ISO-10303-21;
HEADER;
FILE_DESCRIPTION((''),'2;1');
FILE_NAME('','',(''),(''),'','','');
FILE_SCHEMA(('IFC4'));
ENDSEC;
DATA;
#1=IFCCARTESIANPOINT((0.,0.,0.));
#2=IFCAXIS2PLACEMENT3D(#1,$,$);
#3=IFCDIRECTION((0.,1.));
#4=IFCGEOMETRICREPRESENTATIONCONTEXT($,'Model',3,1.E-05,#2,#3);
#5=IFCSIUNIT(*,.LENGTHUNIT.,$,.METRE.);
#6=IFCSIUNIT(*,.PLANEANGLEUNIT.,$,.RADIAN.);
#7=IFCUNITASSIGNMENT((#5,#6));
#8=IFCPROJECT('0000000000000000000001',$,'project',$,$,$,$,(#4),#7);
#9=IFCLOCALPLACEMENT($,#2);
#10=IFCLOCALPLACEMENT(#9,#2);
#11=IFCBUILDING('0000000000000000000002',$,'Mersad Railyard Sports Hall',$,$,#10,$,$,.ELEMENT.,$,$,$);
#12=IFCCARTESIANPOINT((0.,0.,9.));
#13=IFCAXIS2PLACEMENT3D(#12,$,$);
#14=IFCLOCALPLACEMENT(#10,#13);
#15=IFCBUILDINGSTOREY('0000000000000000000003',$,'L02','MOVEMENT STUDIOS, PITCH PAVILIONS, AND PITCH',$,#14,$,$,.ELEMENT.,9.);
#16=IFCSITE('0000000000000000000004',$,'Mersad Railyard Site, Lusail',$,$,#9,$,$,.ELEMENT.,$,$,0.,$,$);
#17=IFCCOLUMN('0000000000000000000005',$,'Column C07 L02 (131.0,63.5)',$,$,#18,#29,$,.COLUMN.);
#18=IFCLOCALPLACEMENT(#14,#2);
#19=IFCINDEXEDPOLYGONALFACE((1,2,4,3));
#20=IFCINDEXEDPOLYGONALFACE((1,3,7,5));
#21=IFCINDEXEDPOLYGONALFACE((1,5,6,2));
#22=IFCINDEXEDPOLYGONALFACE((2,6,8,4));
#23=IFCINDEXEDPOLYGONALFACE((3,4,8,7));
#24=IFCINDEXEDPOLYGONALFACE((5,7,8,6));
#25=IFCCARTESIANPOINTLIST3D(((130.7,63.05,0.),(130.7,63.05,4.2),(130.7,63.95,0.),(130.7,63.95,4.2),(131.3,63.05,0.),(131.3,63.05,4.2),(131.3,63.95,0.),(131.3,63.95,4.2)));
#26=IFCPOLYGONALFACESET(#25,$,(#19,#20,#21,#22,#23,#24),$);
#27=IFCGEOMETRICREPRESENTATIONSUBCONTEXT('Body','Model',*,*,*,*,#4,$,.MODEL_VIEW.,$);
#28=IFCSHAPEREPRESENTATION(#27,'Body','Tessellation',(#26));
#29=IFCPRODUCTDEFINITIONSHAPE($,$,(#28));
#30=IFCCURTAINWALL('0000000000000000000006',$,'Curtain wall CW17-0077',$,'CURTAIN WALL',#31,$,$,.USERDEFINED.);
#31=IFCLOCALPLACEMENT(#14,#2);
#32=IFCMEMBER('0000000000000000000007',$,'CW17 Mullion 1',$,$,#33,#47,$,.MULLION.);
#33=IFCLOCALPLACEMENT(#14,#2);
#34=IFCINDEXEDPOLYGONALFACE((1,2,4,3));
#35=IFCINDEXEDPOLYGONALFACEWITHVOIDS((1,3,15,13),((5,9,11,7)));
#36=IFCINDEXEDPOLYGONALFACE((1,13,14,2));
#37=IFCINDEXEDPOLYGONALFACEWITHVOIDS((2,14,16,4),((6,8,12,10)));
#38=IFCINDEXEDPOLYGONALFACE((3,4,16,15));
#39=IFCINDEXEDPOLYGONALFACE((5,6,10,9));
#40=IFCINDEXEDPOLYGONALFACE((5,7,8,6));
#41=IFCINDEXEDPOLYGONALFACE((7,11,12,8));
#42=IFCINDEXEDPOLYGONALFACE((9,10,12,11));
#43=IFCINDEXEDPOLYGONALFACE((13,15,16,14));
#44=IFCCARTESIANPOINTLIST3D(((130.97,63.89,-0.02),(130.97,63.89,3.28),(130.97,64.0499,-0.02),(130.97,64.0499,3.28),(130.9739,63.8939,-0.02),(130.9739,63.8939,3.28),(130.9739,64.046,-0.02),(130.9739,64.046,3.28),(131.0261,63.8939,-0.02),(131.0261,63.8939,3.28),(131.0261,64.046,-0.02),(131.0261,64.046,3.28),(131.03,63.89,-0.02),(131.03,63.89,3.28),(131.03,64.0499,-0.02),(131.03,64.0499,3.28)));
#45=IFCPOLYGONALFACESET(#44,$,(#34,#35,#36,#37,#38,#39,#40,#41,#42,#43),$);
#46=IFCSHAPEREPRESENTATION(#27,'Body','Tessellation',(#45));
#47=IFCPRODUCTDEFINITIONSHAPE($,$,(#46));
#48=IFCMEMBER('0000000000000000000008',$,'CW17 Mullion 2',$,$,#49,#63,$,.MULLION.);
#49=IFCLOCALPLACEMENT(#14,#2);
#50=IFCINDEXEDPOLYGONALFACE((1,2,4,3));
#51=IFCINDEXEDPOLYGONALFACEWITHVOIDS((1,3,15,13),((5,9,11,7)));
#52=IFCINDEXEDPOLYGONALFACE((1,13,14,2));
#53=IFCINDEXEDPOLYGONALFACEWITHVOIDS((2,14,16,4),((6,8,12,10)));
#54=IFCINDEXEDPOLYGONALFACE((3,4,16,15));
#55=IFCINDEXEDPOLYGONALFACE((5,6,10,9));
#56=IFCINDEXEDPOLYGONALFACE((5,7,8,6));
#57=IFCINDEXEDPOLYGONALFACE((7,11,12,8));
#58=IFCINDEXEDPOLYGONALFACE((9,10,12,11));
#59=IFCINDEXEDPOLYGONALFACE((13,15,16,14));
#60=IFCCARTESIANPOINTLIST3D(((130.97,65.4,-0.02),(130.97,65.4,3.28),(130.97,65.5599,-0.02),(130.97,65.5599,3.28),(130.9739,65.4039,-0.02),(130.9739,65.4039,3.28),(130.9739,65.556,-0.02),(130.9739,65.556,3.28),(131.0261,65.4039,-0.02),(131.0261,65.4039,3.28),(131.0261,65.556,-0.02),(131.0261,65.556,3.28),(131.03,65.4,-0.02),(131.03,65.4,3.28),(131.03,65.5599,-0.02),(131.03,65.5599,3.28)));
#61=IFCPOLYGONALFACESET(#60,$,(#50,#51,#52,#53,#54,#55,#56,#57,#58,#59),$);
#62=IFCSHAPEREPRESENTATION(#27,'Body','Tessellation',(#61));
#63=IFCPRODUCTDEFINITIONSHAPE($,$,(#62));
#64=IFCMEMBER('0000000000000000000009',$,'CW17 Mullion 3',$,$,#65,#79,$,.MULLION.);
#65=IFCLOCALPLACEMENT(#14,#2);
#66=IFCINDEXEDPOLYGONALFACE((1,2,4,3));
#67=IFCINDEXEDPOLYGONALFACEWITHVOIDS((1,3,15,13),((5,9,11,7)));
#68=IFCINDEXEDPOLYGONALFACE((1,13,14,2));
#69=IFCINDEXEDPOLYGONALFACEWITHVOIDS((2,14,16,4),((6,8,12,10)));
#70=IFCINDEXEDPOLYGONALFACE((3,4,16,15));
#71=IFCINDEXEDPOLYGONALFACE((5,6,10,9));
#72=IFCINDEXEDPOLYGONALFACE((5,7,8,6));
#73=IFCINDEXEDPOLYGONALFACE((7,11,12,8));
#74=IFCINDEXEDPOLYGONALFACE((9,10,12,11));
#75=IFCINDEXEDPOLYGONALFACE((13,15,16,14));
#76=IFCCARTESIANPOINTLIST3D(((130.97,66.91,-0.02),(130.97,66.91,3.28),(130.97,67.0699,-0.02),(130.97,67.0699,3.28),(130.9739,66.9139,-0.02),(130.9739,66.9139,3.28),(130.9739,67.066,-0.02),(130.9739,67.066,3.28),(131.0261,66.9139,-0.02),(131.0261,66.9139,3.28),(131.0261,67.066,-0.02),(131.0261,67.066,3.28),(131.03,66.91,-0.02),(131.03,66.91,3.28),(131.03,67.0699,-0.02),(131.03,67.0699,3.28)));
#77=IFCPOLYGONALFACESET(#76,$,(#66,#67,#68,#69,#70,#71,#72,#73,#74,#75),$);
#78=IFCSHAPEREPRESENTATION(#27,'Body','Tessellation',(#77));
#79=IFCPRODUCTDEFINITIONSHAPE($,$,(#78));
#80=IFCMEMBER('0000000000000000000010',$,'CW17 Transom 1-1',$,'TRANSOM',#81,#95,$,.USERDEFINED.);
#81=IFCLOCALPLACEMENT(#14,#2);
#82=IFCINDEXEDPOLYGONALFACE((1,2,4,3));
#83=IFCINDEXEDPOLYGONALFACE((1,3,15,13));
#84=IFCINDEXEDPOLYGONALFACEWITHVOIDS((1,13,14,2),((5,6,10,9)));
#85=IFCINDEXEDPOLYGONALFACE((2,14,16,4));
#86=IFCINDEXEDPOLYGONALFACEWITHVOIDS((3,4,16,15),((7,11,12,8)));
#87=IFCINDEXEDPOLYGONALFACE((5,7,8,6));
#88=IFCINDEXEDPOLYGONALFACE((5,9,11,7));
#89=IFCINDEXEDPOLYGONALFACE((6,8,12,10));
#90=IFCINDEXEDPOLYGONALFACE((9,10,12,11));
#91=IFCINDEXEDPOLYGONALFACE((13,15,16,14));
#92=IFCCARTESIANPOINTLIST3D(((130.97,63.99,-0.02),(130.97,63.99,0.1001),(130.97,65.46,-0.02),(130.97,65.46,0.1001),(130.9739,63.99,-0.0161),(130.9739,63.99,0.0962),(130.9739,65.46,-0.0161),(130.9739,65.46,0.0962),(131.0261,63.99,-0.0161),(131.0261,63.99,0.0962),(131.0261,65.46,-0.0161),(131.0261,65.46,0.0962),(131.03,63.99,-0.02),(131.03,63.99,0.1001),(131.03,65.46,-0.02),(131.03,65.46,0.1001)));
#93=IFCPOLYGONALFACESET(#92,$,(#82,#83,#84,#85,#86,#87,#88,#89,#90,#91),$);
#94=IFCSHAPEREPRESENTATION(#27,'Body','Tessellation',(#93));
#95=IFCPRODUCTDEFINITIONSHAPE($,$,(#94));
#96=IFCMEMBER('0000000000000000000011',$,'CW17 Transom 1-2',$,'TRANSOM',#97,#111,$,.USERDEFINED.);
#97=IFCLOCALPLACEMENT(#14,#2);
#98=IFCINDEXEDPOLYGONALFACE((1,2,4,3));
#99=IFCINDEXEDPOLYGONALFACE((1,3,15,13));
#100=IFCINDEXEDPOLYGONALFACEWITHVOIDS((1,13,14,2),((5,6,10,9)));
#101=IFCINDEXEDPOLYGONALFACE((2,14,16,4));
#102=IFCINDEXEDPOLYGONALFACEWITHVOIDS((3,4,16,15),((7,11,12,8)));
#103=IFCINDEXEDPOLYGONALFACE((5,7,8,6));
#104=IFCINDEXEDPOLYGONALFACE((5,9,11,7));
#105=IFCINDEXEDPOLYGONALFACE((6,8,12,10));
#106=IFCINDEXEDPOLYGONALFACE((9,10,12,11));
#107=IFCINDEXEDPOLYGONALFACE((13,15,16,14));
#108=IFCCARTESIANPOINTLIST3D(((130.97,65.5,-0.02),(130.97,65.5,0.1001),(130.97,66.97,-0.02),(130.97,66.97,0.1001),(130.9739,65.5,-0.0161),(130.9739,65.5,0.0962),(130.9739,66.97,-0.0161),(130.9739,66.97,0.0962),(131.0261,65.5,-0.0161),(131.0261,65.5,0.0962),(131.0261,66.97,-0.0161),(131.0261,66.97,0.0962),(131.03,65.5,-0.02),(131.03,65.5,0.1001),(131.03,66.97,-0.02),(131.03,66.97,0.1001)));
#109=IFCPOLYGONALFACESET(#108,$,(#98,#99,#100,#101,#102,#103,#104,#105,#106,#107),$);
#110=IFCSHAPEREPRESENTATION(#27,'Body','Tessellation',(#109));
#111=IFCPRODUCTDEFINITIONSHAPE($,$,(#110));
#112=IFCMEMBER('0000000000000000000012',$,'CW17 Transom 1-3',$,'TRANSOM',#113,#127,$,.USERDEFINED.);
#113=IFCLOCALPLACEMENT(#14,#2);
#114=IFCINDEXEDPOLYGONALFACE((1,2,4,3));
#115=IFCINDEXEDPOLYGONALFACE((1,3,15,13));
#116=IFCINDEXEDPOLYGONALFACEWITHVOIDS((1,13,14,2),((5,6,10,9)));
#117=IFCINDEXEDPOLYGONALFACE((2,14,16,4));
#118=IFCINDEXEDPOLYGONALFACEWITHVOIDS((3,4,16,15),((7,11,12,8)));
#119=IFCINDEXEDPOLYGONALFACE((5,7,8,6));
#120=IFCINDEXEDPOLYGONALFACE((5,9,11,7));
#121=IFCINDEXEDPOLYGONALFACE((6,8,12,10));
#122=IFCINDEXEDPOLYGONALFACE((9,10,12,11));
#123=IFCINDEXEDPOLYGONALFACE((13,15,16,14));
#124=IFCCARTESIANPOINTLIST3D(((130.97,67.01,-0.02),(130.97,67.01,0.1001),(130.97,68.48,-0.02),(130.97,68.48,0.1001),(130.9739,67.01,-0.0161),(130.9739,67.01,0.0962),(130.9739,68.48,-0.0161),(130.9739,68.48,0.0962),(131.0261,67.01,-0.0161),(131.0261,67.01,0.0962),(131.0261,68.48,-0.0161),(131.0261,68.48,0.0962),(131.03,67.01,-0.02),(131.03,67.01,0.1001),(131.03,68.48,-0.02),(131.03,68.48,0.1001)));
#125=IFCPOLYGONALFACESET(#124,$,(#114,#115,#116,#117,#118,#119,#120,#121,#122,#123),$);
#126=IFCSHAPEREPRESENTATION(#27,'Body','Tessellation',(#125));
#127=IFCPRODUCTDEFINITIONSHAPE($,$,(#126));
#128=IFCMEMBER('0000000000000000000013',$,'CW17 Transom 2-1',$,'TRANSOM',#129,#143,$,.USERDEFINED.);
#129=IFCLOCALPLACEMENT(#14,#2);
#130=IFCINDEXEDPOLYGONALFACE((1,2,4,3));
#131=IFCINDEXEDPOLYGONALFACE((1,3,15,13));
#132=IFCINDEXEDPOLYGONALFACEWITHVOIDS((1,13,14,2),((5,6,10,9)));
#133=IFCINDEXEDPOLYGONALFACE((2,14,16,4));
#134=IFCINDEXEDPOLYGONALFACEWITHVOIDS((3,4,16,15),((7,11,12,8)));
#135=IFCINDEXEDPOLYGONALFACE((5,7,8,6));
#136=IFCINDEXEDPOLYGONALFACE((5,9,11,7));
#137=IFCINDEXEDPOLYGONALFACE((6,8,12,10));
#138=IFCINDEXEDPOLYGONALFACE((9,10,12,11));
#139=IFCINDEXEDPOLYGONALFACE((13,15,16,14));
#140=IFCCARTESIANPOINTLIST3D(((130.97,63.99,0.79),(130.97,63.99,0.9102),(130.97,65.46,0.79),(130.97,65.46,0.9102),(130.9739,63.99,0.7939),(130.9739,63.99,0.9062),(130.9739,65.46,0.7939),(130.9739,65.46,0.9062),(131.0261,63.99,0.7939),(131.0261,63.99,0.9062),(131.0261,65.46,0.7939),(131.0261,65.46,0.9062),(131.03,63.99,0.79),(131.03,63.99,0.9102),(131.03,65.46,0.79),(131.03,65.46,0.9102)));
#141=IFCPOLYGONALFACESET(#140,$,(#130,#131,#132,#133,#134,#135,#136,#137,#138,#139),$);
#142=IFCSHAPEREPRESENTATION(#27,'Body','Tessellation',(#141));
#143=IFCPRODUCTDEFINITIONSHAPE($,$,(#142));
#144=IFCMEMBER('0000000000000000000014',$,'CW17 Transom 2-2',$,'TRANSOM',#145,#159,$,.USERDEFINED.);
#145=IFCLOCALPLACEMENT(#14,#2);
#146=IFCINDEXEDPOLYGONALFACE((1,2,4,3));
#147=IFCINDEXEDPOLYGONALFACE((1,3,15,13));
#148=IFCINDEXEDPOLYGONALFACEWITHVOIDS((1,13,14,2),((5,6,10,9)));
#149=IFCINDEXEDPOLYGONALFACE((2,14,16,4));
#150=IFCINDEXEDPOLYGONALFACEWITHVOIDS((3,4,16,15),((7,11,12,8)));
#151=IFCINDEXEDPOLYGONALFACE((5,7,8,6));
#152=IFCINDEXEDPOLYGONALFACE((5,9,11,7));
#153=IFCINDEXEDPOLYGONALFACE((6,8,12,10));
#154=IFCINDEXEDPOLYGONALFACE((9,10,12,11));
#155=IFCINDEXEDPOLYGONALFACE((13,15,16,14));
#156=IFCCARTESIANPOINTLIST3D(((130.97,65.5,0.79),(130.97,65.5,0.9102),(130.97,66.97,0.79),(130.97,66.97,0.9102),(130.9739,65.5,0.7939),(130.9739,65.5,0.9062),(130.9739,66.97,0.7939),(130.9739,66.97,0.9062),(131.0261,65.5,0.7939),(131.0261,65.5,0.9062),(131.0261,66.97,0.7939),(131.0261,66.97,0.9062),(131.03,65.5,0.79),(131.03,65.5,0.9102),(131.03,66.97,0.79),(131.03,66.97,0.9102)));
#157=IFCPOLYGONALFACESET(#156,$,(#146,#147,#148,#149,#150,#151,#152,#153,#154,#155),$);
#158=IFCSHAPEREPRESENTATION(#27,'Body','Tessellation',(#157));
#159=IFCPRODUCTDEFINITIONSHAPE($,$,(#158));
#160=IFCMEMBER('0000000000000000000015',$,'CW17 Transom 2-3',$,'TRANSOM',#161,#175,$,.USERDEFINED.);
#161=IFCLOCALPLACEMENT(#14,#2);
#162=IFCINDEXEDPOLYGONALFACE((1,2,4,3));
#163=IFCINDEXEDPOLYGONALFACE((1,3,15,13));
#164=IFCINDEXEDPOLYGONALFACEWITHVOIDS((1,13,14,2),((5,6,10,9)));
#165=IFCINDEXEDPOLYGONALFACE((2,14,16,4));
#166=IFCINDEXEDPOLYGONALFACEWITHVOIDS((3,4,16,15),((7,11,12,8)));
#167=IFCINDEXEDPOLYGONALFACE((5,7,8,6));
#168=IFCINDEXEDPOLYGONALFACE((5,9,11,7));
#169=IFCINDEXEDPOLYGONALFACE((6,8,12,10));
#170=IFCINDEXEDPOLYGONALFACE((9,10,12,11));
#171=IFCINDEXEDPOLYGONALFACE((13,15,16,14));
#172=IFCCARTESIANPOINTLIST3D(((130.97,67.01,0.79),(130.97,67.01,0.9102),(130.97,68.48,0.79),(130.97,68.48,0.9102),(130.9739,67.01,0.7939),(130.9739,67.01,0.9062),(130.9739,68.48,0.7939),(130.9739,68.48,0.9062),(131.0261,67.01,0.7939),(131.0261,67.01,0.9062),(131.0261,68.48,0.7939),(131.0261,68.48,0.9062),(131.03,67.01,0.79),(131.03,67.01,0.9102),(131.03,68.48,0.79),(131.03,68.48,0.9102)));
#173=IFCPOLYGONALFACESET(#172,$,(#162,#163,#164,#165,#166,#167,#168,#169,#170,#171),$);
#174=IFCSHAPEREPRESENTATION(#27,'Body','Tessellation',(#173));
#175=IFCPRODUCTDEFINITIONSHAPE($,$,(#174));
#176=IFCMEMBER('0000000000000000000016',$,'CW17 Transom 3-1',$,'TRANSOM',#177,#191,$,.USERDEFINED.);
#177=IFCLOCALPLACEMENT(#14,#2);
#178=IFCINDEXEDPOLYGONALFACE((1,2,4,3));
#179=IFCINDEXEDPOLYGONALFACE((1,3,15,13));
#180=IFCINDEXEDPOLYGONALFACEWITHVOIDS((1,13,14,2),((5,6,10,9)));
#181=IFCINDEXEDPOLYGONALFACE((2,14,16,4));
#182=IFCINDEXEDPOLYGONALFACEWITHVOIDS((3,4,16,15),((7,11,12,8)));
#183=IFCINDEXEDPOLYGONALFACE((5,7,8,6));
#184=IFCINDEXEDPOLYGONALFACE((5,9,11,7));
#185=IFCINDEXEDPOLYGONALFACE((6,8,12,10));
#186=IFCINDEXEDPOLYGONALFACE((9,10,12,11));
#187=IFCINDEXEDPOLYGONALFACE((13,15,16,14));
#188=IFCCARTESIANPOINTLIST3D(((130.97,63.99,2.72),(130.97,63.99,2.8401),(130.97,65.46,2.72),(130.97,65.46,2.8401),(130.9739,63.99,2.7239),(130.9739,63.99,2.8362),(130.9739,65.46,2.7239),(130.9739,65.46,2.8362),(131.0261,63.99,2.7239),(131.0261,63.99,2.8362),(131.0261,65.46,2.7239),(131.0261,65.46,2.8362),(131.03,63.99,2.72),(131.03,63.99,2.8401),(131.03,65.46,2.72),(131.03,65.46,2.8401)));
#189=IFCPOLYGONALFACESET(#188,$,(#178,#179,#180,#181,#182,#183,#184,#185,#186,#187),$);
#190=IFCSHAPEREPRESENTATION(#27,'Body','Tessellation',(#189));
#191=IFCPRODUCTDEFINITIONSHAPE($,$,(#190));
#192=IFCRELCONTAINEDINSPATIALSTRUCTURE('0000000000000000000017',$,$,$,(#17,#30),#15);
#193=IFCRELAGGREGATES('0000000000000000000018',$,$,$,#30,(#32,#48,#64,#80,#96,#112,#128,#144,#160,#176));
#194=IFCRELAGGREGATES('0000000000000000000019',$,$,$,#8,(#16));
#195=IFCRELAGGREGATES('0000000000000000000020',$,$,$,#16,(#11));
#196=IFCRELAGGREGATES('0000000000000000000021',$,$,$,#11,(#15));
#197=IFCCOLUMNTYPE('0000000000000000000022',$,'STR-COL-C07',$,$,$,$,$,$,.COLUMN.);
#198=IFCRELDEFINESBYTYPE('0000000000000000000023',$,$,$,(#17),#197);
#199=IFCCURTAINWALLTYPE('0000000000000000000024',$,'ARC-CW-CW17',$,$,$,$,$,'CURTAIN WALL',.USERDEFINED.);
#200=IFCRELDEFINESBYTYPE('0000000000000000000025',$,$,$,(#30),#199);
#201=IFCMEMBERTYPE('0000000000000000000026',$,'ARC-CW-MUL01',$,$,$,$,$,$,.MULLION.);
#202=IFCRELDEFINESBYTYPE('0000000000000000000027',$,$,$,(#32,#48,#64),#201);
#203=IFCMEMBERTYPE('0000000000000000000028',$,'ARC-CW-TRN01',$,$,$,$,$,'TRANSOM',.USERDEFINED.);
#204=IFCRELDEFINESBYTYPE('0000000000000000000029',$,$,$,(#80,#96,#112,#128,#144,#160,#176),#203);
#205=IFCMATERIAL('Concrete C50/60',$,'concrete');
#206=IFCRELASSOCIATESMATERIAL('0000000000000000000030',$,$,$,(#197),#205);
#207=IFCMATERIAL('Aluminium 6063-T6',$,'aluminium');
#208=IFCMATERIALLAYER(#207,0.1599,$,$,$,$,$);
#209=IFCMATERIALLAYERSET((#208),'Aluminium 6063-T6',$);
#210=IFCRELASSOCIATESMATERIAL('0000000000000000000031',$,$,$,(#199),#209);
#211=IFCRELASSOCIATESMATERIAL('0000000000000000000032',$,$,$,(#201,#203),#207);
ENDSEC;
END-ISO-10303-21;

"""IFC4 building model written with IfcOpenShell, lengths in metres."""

from ifc_helpers import new_model, si_unit, direction, frame, origin, origin_2d, place, context, subcontext, project, spatial, rectangle, hollow_rectangle, extrude, material, layer, layer_set, material_profile, profile_set, type_object, element, aggregate, save


model = new_model("IFC4")

# Units and contexts
model_context = context("Model", 3, precision=1e-05, world=origin(), true_north=direction((0.0, 1.0)))
body_context = subcontext(model_context, "Body", "Model", "MODEL_VIEW")
ifc_project = project(units=[si_unit("LENGTHUNIT", "METRE"), si_unit("PLANEANGLEUNIT", "RADIAN")], contexts=[model_context])

# Site, building, storey
site_placement = place(None, origin())
site = spatial("IfcSite", under=ifc_project, at=site_placement, Name="Mersad Railyard Site, Lusail", CompositionType="ELEMENT", RefElevation=0.0)
building_placement = place(site_placement, origin())
building = spatial("IfcBuilding", under=site, at=building_placement, Name="Mersad Railyard Sports Hall", CompositionType="ELEMENT")
storey_placement = place(building_placement, frame((0.0, 0.0, 9.0)))
storey = spatial("IfcBuildingStorey", under=building, at=storey_placement, Name="L02", Description="MOVEMENT STUDIOS, PITCH PAVILIONS, AND PITCH", CompositionType="ELEMENT", Elevation=9.0)

# Column
ifc_material_1 = material(Name="Concrete C50/60", Category="concrete")
ifc_material_profile_1 = material_profile(ifc_material_1, rectangle(XDim=0.6001, YDim=0.8999, at=origin_2d()), Name="RC 600x900")
ifc_profile_set_1 = profile_set([ifc_material_profile_1], Name="Concrete C50/60")
column_type = type_object("IfcColumnType", Name="STR-COL-C07", PredefinedType="COLUMN", material=ifc_profile_set_1)
column_placement = place(storey_placement, frame((131.0, 63.5, 0.0), z_axis=(0.0, 0.0, 1.0), x_axis=(1.0, 0.0, 0.0)))
element("IfcColumn", 1, at=column_placement, inside=storey, type_object=column_type, Name="Column C07 L02 (131.0,63.5)", PredefinedType="COLUMN", context=body_context, shape_type="SweptSolid", body=[
    extrude(rectangle(XDim=0.6001, YDim=0.8999, at=origin_2d()), origin(), (0.0, 0.0, 1.0), 4.2),
])

# Curtain wall, members
ifc_material_2 = material(Name="Aluminium 6063-T6", Category="aluminium")
ifc_layer_1 = layer(ifc_material_2, 0.1599)
ifc_layer_set_1 = layer_set([ifc_layer_1], Name="Aluminium 6063-T6")
curtain_wall_type = type_object("IfcCurtainWallType", Name="ARC-CW-CW17", ElementType="CURTAIN WALL", PredefinedType="USERDEFINED", material=ifc_layer_set_1)
curtain_wall_placement = place(storey_placement, origin())
curtain_wall = element("IfcCurtainWall", 2, at=curtain_wall_placement, inside=storey, type_object=curtain_wall_type, Name="Curtain wall CW17-0077", ObjectType="CURTAIN WALL", PredefinedType="USERDEFINED")
ifc_material_profile_2 = material_profile(ifc_material_2, hollow_rectangle(XDim=0.0601, YDim=0.1599, WallThickness=0.0039, at=origin_2d()), Name="AL MULLION 60x160x4")
ifc_profile_set_2 = profile_set([ifc_material_profile_2], Name="Aluminium 6063-T6")
member_type_1 = type_object("IfcMemberType", Name="ARC-CW-MUL01", PredefinedType="MULLION", material=ifc_profile_set_2)
member_1_placement = place(storey_placement, frame((131.0, 63.97, -0.02), z_axis=(0.0, 0.0, 1.0), x_axis=(1.0, 0.0, 0.0)))
member_1 = element("IfcMember", 3, at=member_1_placement, type_object=member_type_1, Name="CW17 Mullion 1", PredefinedType="MULLION", context=body_context, shape_type="SweptSolid", body=[
    extrude(hollow_rectangle(XDim=0.0601, YDim=0.1599, WallThickness=0.0039, at=origin_2d()), origin(), (0.0, 0.0, 1.0), 3.3),
])
member_2_placement = place(storey_placement, frame((131.0, 65.48, -0.02), z_axis=(0.0, 0.0, 1.0), x_axis=(1.0, 0.0, 0.0)))
member_2 = element("IfcMember", 4, at=member_2_placement, type_object=member_type_1, Name="CW17 Mullion 2", PredefinedType="MULLION", context=body_context, shape_type="SweptSolid", body=[
    extrude(hollow_rectangle(XDim=0.0601, YDim=0.1599, WallThickness=0.0039, at=origin_2d()), origin(), (0.0, 0.0, 1.0), 3.3),
])
member_3_placement = place(storey_placement, frame((131.0, 66.99, -0.02), z_axis=(0.0, 0.0, 1.0), x_axis=(1.0, 0.0, 0.0)))
member_3 = element("IfcMember", 5, at=member_3_placement, type_object=member_type_1, Name="CW17 Mullion 3", PredefinedType="MULLION", context=body_context, shape_type="SweptSolid", body=[
    extrude(hollow_rectangle(XDim=0.0601, YDim=0.1599, WallThickness=0.0039, at=origin_2d()), origin(), (0.0, 0.0, 1.0), 3.3),
])
ifc_material_profile_3 = material_profile(ifc_material_2, hollow_rectangle(XDim=0.0601, YDim=0.1201, WallThickness=0.0039, at=origin_2d()), Name="AL TRANSOM 60x120x4")
ifc_profile_set_3 = profile_set([ifc_material_profile_3], Name="Aluminium 6063-T6")
member_type_2 = type_object("IfcMemberType", Name="ARC-CW-TRN01", ElementType="TRANSOM", PredefinedType="USERDEFINED", material=ifc_profile_set_3)
member_4_placement = place(storey_placement, frame((131.0, 63.99, 0.04), z_axis=(0.0, 1.0, 0.0), x_axis=(-1.0, 0.0, 0.0)))
member_4 = element("IfcMember", 6, at=member_4_placement, type_object=member_type_2, Name="CW17 Transom 1-1", ObjectType="TRANSOM", PredefinedType="USERDEFINED", context=body_context, shape_type="SweptSolid", body=[
    extrude(hollow_rectangle(XDim=0.0601, YDim=0.1201, WallThickness=0.0039, at=origin_2d()), origin(), (0.0, 0.0, 1.0), 1.47),
])
member_5_placement = place(storey_placement, frame((131.0, 65.5, 0.04), z_axis=(0.0, 1.0, 0.0), x_axis=(-1.0, 0.0, 0.0)))
member_5 = element("IfcMember", 7, at=member_5_placement, type_object=member_type_2, Name="CW17 Transom 1-2", ObjectType="TRANSOM", PredefinedType="USERDEFINED", context=body_context, shape_type="SweptSolid", body=[
    extrude(hollow_rectangle(XDim=0.0601, YDim=0.1201, WallThickness=0.0039, at=origin_2d()), origin(), (0.0, 0.0, 1.0), 1.47),
])
member_6_placement = place(storey_placement, frame((131.0, 67.01, 0.04), z_axis=(0.0, 1.0, 0.0), x_axis=(-1.0, 0.0, 0.0)))
member_6 = element("IfcMember", 8, at=member_6_placement, type_object=member_type_2, Name="CW17 Transom 1-3", ObjectType="TRANSOM", PredefinedType="USERDEFINED", context=body_context, shape_type="SweptSolid", body=[
    extrude(hollow_rectangle(XDim=0.0601, YDim=0.1201, WallThickness=0.0039, at=origin_2d()), origin(), (0.0, 0.0, 1.0), 1.47),
])
member_7_placement = place(storey_placement, frame((131.0, 63.99, 0.8501), z_axis=(0.0, 1.0, 0.0), x_axis=(-1.0, 0.0, 0.0)))
member_7 = element("IfcMember", 9, at=member_7_placement, type_object=member_type_2, Name="CW17 Transom 2-1", ObjectType="TRANSOM", PredefinedType="USERDEFINED", context=body_context, shape_type="SweptSolid", body=[
    extrude(hollow_rectangle(XDim=0.0601, YDim=0.1201, WallThickness=0.0039, at=origin_2d()), origin(), (0.0, 0.0, 1.0), 1.47),
])
member_8_placement = place(storey_placement, frame((131.0, 65.5, 0.8501), z_axis=(0.0, 1.0, 0.0), x_axis=(-1.0, 0.0, 0.0)))
member_8 = element("IfcMember", 10, at=member_8_placement, type_object=member_type_2, Name="CW17 Transom 2-2", ObjectType="TRANSOM", PredefinedType="USERDEFINED", context=body_context, shape_type="SweptSolid", body=[
    extrude(hollow_rectangle(XDim=0.0601, YDim=0.1201, WallThickness=0.0039, at=origin_2d()), origin(), (0.0, 0.0, 1.0), 1.47),
])
member_9_placement = place(storey_placement, frame((131.0, 67.01, 0.8501), z_axis=(0.0, 1.0, 0.0), x_axis=(-1.0, 0.0, 0.0)))
member_9 = element("IfcMember", 11, at=member_9_placement, type_object=member_type_2, Name="CW17 Transom 2-3", ObjectType="TRANSOM", PredefinedType="USERDEFINED", context=body_context, shape_type="SweptSolid", body=[
    extrude(hollow_rectangle(XDim=0.0601, YDim=0.1201, WallThickness=0.0039, at=origin_2d()), origin(), (0.0, 0.0, 1.0), 1.47),
])
member_10_placement = place(storey_placement, frame((131.0, 63.99, 2.78), z_axis=(0.0, 1.0, 0.0), x_axis=(-1.0, 0.0, 0.0)))
member_10 = element("IfcMember", 12, at=member_10_placement, type_object=member_type_2, Name="CW17 Transom 3-1", ObjectType="TRANSOM", PredefinedType="USERDEFINED", context=body_context, shape_type="SweptSolid", body=[
    extrude(hollow_rectangle(XDim=0.0601, YDim=0.1201, WallThickness=0.0039, at=origin_2d()), origin(), (0.0, 0.0, 1.0), 1.47),
])
aggregate(curtain_wall, [member_1, member_2, member_3, member_4, member_5, member_6, member_7, member_8, member_9, member_10])

save(model, "model.ifc")
